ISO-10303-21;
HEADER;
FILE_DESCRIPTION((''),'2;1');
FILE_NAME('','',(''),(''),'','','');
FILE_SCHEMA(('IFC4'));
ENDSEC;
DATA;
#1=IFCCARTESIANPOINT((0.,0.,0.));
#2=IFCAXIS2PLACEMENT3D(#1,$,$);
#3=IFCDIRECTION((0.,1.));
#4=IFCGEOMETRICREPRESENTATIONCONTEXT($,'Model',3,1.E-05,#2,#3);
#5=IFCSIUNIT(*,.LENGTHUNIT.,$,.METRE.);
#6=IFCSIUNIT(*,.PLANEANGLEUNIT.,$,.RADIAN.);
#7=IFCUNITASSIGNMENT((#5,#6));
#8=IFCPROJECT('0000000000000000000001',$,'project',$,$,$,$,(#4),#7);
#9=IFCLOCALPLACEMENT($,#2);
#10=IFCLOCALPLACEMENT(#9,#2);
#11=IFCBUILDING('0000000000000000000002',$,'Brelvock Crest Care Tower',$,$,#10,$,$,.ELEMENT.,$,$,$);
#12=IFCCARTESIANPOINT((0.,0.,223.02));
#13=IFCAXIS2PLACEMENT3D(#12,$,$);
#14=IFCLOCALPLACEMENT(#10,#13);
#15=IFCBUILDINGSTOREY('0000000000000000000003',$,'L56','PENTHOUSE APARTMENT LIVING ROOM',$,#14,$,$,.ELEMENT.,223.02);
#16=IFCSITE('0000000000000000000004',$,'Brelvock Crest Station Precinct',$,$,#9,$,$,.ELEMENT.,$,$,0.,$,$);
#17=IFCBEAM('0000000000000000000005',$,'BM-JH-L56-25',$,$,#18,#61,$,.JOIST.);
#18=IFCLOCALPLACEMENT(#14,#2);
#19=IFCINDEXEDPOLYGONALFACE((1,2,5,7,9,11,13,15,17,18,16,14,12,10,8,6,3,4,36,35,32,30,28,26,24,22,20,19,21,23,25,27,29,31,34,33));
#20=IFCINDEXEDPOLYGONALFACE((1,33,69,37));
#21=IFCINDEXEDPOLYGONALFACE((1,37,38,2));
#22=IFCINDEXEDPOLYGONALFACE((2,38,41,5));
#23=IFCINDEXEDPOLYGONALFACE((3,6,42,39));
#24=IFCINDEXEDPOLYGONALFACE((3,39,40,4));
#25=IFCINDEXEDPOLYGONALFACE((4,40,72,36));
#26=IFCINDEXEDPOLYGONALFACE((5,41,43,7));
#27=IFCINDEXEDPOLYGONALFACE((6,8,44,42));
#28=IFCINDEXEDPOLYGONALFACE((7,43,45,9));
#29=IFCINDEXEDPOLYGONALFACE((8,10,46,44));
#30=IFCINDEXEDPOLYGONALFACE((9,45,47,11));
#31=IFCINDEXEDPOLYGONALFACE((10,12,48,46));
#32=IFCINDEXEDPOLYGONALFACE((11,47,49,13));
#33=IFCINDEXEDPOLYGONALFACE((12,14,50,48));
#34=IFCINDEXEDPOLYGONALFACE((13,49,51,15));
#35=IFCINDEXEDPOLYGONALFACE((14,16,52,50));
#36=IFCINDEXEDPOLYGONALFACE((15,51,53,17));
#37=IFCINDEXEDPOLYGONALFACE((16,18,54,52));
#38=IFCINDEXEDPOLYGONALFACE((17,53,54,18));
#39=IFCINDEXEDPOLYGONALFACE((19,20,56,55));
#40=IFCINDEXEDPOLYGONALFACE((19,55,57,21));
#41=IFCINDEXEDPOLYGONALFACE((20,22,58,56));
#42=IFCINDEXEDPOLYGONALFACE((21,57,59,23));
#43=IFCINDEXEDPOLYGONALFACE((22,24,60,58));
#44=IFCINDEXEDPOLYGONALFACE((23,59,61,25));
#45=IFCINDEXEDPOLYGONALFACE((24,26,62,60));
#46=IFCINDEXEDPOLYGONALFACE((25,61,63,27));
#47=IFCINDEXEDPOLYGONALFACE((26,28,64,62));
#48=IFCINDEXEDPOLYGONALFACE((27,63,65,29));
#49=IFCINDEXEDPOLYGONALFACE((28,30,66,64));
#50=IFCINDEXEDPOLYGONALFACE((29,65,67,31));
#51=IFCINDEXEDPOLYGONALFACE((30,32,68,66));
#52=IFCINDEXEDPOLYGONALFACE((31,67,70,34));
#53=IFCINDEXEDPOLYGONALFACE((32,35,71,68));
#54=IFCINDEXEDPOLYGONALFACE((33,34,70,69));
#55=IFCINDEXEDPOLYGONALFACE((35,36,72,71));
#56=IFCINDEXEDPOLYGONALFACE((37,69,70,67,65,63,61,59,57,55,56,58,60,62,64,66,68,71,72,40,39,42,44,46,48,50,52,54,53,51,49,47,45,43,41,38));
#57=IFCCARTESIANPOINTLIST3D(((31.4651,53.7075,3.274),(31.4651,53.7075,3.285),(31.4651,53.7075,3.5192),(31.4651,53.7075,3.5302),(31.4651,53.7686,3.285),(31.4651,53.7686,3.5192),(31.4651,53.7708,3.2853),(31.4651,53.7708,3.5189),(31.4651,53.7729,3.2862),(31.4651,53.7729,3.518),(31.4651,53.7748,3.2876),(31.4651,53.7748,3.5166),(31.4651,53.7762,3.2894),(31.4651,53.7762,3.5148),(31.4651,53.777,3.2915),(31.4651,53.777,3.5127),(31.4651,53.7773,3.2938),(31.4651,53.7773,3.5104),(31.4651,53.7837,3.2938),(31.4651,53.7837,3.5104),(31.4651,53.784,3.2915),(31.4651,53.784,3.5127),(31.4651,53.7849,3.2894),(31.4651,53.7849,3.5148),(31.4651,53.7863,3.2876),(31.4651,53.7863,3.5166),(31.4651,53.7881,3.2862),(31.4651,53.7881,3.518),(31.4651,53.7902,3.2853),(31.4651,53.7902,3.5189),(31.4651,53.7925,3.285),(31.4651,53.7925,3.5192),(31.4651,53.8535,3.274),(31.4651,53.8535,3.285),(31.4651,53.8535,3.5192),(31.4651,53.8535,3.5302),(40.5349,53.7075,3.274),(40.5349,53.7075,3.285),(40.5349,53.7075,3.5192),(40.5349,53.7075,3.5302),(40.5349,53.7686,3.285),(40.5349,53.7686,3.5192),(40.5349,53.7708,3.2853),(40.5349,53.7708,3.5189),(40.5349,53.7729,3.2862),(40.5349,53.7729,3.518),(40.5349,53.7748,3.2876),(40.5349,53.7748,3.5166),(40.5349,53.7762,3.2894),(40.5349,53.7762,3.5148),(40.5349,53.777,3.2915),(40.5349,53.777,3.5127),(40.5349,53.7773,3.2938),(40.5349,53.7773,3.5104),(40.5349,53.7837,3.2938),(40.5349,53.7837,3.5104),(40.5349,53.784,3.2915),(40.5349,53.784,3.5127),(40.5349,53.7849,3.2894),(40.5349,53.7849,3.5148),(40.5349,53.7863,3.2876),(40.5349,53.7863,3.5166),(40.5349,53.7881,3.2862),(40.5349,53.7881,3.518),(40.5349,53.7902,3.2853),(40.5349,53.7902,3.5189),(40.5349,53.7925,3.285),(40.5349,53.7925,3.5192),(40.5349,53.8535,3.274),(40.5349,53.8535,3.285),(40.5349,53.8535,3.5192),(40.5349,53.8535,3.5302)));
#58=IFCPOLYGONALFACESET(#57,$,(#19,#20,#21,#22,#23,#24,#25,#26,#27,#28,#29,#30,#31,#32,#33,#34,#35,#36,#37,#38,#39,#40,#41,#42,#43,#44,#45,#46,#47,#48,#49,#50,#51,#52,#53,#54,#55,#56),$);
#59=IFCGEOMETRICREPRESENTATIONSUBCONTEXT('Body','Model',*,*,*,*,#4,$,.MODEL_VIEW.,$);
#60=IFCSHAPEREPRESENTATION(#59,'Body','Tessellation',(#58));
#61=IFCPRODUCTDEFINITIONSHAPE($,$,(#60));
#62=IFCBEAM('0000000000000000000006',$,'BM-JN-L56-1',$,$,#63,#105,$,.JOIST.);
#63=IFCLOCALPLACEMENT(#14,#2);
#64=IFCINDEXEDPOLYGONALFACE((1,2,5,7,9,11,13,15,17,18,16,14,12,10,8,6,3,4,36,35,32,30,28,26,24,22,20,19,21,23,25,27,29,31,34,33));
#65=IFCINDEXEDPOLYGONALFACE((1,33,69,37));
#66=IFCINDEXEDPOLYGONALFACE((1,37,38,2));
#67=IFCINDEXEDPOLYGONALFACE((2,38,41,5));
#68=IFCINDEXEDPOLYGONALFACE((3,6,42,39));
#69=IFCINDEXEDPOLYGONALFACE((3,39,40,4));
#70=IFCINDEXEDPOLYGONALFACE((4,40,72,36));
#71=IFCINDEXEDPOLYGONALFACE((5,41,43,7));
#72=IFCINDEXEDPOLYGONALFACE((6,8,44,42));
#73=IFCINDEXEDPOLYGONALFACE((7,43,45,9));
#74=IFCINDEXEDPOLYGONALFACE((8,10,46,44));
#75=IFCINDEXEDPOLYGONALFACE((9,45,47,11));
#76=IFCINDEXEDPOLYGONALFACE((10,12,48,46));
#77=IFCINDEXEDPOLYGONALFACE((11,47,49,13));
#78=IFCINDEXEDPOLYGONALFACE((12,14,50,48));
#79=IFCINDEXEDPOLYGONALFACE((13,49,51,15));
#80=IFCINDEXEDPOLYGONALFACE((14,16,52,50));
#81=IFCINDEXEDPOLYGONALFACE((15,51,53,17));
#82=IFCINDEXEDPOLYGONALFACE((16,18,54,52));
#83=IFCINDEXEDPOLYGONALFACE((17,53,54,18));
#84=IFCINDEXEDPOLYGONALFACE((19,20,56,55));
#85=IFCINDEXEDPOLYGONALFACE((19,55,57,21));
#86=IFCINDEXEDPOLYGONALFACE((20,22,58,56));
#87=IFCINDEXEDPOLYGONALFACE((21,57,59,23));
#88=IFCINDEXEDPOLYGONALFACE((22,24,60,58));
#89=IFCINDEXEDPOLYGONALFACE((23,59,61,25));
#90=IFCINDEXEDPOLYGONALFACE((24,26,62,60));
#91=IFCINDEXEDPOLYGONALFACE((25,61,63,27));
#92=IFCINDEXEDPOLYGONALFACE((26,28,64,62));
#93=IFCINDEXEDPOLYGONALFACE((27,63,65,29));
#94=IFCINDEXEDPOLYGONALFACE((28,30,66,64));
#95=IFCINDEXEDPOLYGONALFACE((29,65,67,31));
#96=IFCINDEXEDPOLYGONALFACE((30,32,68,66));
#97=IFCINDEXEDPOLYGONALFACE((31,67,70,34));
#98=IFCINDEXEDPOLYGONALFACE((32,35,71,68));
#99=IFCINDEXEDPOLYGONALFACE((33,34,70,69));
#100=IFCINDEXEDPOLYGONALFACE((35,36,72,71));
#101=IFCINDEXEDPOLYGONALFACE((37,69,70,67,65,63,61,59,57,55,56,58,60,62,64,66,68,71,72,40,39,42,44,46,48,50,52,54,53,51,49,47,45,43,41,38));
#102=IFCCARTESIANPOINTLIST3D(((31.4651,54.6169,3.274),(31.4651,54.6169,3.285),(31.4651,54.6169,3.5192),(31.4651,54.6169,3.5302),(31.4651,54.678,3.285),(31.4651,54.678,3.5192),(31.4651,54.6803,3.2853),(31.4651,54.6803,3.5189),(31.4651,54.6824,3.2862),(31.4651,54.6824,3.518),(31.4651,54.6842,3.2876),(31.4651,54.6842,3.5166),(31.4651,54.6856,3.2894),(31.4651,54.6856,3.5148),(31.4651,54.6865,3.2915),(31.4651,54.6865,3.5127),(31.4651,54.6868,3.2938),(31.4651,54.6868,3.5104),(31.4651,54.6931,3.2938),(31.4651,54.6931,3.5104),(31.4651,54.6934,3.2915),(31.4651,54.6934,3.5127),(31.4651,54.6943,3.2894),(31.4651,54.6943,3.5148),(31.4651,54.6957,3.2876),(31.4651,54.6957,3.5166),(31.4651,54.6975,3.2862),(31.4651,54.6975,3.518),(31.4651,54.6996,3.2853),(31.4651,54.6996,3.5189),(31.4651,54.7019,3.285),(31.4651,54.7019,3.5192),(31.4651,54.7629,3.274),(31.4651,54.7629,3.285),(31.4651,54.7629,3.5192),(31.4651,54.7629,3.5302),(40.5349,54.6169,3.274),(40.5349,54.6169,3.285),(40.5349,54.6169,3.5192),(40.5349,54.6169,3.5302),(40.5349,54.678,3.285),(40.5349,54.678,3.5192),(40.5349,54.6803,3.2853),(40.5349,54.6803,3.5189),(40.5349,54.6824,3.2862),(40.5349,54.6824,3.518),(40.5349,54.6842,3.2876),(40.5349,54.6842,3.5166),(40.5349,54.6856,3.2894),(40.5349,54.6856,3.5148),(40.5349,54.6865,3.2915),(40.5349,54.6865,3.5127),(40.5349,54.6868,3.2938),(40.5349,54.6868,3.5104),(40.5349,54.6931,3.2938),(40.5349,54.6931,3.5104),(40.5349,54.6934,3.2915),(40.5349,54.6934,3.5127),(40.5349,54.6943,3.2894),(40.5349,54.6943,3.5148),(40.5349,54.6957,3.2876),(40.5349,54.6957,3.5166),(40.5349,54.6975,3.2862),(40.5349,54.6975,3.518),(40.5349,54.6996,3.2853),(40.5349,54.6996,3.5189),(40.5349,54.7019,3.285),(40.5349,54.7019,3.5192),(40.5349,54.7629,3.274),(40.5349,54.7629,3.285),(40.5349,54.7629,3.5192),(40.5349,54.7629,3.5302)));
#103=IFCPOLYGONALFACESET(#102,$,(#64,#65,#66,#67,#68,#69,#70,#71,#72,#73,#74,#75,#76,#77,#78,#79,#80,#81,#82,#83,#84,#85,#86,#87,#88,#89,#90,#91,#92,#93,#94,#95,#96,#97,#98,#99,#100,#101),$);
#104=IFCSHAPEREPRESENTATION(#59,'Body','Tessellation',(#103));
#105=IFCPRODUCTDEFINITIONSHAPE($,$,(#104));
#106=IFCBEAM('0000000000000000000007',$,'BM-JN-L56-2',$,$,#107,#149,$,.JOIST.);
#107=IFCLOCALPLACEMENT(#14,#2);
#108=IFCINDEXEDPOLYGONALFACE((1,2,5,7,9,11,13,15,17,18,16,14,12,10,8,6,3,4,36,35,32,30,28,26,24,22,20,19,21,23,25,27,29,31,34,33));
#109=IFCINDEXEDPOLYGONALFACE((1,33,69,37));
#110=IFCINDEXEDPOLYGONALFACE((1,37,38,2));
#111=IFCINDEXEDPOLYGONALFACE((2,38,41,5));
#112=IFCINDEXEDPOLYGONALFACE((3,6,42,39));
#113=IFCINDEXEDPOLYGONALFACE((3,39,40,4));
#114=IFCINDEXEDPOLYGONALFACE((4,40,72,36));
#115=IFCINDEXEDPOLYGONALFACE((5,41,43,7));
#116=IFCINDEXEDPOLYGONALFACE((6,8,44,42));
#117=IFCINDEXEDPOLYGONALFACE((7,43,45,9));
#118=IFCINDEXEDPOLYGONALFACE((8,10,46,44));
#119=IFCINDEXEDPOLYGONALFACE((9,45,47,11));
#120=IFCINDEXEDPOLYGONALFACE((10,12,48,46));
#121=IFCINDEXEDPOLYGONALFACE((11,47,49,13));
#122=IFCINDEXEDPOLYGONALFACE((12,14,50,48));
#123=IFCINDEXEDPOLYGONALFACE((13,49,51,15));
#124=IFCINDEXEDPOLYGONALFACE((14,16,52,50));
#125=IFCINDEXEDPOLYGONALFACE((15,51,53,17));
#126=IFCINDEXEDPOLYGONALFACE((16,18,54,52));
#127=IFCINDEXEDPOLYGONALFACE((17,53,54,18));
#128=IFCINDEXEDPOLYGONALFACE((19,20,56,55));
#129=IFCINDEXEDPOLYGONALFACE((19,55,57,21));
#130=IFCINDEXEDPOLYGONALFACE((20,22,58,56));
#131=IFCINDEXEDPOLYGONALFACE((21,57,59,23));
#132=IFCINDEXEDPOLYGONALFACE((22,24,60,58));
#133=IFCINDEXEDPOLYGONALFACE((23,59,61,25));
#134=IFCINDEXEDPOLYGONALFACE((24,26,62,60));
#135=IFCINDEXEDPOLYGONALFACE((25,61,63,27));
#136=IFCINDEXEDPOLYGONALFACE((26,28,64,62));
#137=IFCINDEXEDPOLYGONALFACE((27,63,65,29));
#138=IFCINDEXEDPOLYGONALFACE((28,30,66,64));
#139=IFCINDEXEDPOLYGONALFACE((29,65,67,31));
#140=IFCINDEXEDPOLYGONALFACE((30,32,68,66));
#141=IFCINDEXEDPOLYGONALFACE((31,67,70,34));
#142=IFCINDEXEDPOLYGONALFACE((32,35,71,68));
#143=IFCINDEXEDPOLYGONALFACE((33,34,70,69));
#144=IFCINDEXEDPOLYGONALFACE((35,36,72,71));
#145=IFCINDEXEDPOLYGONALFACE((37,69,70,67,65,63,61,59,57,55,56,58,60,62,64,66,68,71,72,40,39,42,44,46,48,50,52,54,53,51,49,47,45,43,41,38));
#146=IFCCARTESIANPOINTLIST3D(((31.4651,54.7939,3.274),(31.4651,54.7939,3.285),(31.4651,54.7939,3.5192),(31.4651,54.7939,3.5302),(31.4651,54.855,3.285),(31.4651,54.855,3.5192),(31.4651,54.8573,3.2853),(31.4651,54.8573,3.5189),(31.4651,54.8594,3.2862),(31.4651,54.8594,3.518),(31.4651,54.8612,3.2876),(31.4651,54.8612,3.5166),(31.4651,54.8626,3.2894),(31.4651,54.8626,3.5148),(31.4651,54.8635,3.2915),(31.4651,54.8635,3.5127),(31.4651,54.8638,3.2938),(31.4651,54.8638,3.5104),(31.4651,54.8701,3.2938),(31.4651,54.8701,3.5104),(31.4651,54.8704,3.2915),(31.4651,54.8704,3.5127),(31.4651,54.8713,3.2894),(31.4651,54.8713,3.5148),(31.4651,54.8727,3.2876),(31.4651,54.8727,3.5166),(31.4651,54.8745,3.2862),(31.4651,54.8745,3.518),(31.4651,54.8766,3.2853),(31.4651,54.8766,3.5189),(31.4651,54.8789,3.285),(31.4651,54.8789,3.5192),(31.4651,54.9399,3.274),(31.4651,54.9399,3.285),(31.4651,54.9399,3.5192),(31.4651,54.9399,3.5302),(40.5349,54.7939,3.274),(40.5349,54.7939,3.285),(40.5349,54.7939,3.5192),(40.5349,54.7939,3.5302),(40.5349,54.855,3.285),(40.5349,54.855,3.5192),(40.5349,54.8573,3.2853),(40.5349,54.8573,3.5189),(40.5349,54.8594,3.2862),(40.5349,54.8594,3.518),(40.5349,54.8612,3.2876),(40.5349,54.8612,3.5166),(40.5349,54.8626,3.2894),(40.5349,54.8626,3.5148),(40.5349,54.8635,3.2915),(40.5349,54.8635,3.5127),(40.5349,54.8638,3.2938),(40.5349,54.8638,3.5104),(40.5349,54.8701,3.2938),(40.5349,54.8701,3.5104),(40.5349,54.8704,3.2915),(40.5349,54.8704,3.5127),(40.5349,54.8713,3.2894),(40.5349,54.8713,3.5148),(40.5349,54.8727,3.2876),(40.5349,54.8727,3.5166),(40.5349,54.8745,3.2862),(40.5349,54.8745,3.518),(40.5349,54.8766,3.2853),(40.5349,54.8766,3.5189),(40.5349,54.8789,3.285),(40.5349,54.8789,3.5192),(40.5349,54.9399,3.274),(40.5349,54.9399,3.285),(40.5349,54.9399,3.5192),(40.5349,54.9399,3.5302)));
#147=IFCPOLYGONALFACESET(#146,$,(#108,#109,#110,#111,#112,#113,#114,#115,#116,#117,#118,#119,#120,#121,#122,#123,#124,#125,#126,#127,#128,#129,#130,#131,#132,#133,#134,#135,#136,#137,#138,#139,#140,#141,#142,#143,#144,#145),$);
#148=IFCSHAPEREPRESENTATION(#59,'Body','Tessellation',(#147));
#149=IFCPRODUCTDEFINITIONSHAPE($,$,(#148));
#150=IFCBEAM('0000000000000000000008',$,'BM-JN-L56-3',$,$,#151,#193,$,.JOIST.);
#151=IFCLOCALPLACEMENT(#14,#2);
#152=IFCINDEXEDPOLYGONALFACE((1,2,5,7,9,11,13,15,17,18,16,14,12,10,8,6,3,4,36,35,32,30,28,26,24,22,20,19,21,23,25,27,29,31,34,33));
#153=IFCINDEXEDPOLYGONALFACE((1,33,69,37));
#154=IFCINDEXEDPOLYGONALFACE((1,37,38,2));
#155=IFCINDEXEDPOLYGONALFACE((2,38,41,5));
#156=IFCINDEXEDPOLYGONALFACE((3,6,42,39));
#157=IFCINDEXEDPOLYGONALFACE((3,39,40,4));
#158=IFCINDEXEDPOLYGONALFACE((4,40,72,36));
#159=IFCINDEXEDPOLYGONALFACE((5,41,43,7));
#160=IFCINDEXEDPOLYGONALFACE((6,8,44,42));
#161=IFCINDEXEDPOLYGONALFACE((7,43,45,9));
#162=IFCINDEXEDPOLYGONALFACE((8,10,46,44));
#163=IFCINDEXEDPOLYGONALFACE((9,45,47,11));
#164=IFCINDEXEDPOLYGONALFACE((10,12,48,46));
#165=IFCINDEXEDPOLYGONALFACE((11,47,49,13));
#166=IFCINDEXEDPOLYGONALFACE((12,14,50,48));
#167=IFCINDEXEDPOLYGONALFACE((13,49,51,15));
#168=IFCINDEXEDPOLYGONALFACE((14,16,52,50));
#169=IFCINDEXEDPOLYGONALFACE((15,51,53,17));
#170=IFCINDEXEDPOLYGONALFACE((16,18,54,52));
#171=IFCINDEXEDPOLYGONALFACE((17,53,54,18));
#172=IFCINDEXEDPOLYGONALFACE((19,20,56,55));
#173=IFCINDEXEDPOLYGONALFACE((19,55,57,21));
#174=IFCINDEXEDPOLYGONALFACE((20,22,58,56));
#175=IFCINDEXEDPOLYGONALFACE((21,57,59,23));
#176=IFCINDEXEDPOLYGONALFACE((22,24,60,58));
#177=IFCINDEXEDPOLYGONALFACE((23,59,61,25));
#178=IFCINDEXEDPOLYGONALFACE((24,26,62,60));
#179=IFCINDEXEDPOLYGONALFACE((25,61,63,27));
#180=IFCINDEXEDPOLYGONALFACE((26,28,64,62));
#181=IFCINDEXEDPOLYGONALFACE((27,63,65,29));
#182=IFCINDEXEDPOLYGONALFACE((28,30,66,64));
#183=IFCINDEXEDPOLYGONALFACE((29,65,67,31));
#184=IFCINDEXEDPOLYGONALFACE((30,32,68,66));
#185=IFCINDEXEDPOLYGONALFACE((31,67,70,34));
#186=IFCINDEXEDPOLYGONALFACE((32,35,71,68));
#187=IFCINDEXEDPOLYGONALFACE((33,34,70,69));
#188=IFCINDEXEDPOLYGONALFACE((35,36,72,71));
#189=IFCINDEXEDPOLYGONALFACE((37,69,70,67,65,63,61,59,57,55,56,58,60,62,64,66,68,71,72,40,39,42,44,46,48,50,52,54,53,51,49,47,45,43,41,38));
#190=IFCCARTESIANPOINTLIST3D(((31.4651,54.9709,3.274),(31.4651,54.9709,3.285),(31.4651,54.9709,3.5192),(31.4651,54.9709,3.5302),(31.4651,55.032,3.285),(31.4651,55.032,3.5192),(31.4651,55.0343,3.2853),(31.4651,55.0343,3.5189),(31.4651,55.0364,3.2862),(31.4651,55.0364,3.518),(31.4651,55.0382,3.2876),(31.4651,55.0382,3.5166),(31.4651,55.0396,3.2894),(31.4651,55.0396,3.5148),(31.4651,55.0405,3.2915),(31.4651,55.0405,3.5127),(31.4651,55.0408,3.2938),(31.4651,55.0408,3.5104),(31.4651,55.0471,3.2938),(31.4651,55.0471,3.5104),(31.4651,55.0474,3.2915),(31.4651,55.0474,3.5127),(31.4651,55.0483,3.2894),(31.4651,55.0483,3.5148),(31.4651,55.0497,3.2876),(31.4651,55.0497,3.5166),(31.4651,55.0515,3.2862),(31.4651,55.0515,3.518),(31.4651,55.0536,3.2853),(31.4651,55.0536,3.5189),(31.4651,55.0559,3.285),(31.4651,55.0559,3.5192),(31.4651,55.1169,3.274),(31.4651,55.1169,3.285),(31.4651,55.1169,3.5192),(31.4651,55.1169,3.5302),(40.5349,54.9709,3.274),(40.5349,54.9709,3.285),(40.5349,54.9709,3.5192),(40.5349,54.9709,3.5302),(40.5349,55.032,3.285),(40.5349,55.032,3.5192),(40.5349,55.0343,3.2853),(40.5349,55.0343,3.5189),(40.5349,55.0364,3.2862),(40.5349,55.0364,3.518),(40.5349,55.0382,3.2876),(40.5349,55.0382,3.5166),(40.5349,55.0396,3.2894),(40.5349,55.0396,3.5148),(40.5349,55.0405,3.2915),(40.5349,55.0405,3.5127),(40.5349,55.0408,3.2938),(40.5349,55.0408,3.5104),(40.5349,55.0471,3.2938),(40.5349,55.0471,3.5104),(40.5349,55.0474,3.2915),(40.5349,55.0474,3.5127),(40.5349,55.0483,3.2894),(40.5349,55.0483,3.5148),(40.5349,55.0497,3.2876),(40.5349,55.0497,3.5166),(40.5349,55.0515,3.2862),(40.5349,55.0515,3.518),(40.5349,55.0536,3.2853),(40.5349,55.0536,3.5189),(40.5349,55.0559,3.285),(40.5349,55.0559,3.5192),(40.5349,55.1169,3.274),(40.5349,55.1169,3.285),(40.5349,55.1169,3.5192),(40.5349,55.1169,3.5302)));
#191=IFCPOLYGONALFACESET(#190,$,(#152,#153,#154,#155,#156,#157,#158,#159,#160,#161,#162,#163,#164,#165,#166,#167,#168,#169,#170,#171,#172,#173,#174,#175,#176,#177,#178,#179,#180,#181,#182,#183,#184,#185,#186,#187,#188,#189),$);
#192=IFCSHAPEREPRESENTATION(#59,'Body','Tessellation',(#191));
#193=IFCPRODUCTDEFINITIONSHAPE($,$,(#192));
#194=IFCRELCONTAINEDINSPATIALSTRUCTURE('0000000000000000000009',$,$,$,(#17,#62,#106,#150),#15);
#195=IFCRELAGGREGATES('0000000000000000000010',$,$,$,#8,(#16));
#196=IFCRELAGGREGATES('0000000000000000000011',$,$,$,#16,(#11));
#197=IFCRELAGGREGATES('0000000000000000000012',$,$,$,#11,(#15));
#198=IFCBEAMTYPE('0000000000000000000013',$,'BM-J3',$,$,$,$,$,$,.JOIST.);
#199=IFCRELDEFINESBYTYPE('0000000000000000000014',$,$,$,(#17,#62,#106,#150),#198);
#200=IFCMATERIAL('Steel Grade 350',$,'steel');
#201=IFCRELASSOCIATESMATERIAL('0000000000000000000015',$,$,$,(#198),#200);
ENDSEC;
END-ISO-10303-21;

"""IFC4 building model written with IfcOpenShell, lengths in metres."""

from ifc_helpers import new_model, si_unit, direction, frame, origin, origin_2d, place, context, subcontext, project, spatial, i_section, extrude, source, transform, mapped, material, material_profile, profile_set, type_object, element, save


model = new_model("IFC4")

# Units and contexts
model_context = context("Model", 3, precision=1e-05, world=origin(), true_north=direction((0.0, 1.0)))
body_context = subcontext(model_context, "Body", "Model", "MODEL_VIEW")
ifc_project = project(units=[si_unit("LENGTHUNIT", "METRE"), si_unit("PLANEANGLEUNIT", "RADIAN")], contexts=[model_context])

# Site, building, storey
site_placement = place(None, origin())
site = spatial("IfcSite", under=ifc_project, at=site_placement, Name="Brelvock Crest Station Precinct", CompositionType="ELEMENT", RefElevation=0.0)
building_placement = place(site_placement, origin())
building = spatial("IfcBuilding", under=site, at=building_placement, Name="Brelvock Crest Care Tower", CompositionType="ELEMENT")
storey_placement = place(building_placement, frame((0.0, 0.0, 223.02)))
storey = spatial("IfcBuildingStorey", under=building, at=storey_placement, Name="L56", Description="PENTHOUSE APARTMENT LIVING ROOM", CompositionType="ELEMENT", Elevation=223.02)

# Shared definitions
ifc_material_1 = material(Name="Steel Grade 350", Category="steel")

# Beams
ifc_material_profile_1 = material_profile(ifc_material_1, i_section(OverallWidth=0.146, OverallDepth=0.2561, WebThickness=0.0063, FlangeThickness=0.011, FilletRadius=0.0088, at=origin_2d()), Name="250UB37.3")
ifc_profile_set_1 = profile_set([ifc_material_profile_1], Name="Steel Grade 350")
beam_type_1 = type_object("IfcBeamType", Name="BM-J3", PredefinedType="JOIST", material=ifc_profile_set_1)
shared_shape_1 = source(origin(), body_context, "Body", "SweptSolid", [
    extrude(i_section(OverallWidth=0.146, OverallDepth=0.2561, WebThickness=0.0063, FlangeThickness=0.011, FilletRadius=0.0088, at=origin_2d()), origin(), (0.0, 0.0, 1.0), 9.0698),
])
for number, where, z_axis, x_axis, name in (
    (1, (31.4651, 53.7805, 3.4021), (1.0, 0.0, 0.0), (0.0, 1.0, 0.0), "BM-JH-L56-25"),
    (2, (31.4651, 54.6899, 3.4021), (1.0, 0.0, 0.0), (0.0, 1.0, 0.0), "BM-JN-L56-1"),
    (3, (31.4651, 54.8669, 3.4021), (1.0, 0.0, 0.0), (0.0, 1.0, 0.0), "BM-JN-L56-2"),
    (4, (31.4651, 55.0439, 3.4021), (1.0, 0.0, 0.0), (0.0, 1.0, 0.0), "BM-JN-L56-3"),
):
    element("IfcBeam", number, at=place(storey_placement, frame(where, z_axis=z_axis, x_axis=x_axis)), inside=storey, type_object=beam_type_1, Name=name, PredefinedType="JOIST", context=body_context, shape_type="MappedRepresentation", body=[
        mapped(shared_shape_1, transform((0.0, 0.0, 0.0), x_axis=(1.0, 0.0, 0.0), y_axis=(0.0, 1.0, 0.0), z_axis=(0.0, 0.0, 1.0), scale=1.0)),
    ])

save(model, "model.ifc")
